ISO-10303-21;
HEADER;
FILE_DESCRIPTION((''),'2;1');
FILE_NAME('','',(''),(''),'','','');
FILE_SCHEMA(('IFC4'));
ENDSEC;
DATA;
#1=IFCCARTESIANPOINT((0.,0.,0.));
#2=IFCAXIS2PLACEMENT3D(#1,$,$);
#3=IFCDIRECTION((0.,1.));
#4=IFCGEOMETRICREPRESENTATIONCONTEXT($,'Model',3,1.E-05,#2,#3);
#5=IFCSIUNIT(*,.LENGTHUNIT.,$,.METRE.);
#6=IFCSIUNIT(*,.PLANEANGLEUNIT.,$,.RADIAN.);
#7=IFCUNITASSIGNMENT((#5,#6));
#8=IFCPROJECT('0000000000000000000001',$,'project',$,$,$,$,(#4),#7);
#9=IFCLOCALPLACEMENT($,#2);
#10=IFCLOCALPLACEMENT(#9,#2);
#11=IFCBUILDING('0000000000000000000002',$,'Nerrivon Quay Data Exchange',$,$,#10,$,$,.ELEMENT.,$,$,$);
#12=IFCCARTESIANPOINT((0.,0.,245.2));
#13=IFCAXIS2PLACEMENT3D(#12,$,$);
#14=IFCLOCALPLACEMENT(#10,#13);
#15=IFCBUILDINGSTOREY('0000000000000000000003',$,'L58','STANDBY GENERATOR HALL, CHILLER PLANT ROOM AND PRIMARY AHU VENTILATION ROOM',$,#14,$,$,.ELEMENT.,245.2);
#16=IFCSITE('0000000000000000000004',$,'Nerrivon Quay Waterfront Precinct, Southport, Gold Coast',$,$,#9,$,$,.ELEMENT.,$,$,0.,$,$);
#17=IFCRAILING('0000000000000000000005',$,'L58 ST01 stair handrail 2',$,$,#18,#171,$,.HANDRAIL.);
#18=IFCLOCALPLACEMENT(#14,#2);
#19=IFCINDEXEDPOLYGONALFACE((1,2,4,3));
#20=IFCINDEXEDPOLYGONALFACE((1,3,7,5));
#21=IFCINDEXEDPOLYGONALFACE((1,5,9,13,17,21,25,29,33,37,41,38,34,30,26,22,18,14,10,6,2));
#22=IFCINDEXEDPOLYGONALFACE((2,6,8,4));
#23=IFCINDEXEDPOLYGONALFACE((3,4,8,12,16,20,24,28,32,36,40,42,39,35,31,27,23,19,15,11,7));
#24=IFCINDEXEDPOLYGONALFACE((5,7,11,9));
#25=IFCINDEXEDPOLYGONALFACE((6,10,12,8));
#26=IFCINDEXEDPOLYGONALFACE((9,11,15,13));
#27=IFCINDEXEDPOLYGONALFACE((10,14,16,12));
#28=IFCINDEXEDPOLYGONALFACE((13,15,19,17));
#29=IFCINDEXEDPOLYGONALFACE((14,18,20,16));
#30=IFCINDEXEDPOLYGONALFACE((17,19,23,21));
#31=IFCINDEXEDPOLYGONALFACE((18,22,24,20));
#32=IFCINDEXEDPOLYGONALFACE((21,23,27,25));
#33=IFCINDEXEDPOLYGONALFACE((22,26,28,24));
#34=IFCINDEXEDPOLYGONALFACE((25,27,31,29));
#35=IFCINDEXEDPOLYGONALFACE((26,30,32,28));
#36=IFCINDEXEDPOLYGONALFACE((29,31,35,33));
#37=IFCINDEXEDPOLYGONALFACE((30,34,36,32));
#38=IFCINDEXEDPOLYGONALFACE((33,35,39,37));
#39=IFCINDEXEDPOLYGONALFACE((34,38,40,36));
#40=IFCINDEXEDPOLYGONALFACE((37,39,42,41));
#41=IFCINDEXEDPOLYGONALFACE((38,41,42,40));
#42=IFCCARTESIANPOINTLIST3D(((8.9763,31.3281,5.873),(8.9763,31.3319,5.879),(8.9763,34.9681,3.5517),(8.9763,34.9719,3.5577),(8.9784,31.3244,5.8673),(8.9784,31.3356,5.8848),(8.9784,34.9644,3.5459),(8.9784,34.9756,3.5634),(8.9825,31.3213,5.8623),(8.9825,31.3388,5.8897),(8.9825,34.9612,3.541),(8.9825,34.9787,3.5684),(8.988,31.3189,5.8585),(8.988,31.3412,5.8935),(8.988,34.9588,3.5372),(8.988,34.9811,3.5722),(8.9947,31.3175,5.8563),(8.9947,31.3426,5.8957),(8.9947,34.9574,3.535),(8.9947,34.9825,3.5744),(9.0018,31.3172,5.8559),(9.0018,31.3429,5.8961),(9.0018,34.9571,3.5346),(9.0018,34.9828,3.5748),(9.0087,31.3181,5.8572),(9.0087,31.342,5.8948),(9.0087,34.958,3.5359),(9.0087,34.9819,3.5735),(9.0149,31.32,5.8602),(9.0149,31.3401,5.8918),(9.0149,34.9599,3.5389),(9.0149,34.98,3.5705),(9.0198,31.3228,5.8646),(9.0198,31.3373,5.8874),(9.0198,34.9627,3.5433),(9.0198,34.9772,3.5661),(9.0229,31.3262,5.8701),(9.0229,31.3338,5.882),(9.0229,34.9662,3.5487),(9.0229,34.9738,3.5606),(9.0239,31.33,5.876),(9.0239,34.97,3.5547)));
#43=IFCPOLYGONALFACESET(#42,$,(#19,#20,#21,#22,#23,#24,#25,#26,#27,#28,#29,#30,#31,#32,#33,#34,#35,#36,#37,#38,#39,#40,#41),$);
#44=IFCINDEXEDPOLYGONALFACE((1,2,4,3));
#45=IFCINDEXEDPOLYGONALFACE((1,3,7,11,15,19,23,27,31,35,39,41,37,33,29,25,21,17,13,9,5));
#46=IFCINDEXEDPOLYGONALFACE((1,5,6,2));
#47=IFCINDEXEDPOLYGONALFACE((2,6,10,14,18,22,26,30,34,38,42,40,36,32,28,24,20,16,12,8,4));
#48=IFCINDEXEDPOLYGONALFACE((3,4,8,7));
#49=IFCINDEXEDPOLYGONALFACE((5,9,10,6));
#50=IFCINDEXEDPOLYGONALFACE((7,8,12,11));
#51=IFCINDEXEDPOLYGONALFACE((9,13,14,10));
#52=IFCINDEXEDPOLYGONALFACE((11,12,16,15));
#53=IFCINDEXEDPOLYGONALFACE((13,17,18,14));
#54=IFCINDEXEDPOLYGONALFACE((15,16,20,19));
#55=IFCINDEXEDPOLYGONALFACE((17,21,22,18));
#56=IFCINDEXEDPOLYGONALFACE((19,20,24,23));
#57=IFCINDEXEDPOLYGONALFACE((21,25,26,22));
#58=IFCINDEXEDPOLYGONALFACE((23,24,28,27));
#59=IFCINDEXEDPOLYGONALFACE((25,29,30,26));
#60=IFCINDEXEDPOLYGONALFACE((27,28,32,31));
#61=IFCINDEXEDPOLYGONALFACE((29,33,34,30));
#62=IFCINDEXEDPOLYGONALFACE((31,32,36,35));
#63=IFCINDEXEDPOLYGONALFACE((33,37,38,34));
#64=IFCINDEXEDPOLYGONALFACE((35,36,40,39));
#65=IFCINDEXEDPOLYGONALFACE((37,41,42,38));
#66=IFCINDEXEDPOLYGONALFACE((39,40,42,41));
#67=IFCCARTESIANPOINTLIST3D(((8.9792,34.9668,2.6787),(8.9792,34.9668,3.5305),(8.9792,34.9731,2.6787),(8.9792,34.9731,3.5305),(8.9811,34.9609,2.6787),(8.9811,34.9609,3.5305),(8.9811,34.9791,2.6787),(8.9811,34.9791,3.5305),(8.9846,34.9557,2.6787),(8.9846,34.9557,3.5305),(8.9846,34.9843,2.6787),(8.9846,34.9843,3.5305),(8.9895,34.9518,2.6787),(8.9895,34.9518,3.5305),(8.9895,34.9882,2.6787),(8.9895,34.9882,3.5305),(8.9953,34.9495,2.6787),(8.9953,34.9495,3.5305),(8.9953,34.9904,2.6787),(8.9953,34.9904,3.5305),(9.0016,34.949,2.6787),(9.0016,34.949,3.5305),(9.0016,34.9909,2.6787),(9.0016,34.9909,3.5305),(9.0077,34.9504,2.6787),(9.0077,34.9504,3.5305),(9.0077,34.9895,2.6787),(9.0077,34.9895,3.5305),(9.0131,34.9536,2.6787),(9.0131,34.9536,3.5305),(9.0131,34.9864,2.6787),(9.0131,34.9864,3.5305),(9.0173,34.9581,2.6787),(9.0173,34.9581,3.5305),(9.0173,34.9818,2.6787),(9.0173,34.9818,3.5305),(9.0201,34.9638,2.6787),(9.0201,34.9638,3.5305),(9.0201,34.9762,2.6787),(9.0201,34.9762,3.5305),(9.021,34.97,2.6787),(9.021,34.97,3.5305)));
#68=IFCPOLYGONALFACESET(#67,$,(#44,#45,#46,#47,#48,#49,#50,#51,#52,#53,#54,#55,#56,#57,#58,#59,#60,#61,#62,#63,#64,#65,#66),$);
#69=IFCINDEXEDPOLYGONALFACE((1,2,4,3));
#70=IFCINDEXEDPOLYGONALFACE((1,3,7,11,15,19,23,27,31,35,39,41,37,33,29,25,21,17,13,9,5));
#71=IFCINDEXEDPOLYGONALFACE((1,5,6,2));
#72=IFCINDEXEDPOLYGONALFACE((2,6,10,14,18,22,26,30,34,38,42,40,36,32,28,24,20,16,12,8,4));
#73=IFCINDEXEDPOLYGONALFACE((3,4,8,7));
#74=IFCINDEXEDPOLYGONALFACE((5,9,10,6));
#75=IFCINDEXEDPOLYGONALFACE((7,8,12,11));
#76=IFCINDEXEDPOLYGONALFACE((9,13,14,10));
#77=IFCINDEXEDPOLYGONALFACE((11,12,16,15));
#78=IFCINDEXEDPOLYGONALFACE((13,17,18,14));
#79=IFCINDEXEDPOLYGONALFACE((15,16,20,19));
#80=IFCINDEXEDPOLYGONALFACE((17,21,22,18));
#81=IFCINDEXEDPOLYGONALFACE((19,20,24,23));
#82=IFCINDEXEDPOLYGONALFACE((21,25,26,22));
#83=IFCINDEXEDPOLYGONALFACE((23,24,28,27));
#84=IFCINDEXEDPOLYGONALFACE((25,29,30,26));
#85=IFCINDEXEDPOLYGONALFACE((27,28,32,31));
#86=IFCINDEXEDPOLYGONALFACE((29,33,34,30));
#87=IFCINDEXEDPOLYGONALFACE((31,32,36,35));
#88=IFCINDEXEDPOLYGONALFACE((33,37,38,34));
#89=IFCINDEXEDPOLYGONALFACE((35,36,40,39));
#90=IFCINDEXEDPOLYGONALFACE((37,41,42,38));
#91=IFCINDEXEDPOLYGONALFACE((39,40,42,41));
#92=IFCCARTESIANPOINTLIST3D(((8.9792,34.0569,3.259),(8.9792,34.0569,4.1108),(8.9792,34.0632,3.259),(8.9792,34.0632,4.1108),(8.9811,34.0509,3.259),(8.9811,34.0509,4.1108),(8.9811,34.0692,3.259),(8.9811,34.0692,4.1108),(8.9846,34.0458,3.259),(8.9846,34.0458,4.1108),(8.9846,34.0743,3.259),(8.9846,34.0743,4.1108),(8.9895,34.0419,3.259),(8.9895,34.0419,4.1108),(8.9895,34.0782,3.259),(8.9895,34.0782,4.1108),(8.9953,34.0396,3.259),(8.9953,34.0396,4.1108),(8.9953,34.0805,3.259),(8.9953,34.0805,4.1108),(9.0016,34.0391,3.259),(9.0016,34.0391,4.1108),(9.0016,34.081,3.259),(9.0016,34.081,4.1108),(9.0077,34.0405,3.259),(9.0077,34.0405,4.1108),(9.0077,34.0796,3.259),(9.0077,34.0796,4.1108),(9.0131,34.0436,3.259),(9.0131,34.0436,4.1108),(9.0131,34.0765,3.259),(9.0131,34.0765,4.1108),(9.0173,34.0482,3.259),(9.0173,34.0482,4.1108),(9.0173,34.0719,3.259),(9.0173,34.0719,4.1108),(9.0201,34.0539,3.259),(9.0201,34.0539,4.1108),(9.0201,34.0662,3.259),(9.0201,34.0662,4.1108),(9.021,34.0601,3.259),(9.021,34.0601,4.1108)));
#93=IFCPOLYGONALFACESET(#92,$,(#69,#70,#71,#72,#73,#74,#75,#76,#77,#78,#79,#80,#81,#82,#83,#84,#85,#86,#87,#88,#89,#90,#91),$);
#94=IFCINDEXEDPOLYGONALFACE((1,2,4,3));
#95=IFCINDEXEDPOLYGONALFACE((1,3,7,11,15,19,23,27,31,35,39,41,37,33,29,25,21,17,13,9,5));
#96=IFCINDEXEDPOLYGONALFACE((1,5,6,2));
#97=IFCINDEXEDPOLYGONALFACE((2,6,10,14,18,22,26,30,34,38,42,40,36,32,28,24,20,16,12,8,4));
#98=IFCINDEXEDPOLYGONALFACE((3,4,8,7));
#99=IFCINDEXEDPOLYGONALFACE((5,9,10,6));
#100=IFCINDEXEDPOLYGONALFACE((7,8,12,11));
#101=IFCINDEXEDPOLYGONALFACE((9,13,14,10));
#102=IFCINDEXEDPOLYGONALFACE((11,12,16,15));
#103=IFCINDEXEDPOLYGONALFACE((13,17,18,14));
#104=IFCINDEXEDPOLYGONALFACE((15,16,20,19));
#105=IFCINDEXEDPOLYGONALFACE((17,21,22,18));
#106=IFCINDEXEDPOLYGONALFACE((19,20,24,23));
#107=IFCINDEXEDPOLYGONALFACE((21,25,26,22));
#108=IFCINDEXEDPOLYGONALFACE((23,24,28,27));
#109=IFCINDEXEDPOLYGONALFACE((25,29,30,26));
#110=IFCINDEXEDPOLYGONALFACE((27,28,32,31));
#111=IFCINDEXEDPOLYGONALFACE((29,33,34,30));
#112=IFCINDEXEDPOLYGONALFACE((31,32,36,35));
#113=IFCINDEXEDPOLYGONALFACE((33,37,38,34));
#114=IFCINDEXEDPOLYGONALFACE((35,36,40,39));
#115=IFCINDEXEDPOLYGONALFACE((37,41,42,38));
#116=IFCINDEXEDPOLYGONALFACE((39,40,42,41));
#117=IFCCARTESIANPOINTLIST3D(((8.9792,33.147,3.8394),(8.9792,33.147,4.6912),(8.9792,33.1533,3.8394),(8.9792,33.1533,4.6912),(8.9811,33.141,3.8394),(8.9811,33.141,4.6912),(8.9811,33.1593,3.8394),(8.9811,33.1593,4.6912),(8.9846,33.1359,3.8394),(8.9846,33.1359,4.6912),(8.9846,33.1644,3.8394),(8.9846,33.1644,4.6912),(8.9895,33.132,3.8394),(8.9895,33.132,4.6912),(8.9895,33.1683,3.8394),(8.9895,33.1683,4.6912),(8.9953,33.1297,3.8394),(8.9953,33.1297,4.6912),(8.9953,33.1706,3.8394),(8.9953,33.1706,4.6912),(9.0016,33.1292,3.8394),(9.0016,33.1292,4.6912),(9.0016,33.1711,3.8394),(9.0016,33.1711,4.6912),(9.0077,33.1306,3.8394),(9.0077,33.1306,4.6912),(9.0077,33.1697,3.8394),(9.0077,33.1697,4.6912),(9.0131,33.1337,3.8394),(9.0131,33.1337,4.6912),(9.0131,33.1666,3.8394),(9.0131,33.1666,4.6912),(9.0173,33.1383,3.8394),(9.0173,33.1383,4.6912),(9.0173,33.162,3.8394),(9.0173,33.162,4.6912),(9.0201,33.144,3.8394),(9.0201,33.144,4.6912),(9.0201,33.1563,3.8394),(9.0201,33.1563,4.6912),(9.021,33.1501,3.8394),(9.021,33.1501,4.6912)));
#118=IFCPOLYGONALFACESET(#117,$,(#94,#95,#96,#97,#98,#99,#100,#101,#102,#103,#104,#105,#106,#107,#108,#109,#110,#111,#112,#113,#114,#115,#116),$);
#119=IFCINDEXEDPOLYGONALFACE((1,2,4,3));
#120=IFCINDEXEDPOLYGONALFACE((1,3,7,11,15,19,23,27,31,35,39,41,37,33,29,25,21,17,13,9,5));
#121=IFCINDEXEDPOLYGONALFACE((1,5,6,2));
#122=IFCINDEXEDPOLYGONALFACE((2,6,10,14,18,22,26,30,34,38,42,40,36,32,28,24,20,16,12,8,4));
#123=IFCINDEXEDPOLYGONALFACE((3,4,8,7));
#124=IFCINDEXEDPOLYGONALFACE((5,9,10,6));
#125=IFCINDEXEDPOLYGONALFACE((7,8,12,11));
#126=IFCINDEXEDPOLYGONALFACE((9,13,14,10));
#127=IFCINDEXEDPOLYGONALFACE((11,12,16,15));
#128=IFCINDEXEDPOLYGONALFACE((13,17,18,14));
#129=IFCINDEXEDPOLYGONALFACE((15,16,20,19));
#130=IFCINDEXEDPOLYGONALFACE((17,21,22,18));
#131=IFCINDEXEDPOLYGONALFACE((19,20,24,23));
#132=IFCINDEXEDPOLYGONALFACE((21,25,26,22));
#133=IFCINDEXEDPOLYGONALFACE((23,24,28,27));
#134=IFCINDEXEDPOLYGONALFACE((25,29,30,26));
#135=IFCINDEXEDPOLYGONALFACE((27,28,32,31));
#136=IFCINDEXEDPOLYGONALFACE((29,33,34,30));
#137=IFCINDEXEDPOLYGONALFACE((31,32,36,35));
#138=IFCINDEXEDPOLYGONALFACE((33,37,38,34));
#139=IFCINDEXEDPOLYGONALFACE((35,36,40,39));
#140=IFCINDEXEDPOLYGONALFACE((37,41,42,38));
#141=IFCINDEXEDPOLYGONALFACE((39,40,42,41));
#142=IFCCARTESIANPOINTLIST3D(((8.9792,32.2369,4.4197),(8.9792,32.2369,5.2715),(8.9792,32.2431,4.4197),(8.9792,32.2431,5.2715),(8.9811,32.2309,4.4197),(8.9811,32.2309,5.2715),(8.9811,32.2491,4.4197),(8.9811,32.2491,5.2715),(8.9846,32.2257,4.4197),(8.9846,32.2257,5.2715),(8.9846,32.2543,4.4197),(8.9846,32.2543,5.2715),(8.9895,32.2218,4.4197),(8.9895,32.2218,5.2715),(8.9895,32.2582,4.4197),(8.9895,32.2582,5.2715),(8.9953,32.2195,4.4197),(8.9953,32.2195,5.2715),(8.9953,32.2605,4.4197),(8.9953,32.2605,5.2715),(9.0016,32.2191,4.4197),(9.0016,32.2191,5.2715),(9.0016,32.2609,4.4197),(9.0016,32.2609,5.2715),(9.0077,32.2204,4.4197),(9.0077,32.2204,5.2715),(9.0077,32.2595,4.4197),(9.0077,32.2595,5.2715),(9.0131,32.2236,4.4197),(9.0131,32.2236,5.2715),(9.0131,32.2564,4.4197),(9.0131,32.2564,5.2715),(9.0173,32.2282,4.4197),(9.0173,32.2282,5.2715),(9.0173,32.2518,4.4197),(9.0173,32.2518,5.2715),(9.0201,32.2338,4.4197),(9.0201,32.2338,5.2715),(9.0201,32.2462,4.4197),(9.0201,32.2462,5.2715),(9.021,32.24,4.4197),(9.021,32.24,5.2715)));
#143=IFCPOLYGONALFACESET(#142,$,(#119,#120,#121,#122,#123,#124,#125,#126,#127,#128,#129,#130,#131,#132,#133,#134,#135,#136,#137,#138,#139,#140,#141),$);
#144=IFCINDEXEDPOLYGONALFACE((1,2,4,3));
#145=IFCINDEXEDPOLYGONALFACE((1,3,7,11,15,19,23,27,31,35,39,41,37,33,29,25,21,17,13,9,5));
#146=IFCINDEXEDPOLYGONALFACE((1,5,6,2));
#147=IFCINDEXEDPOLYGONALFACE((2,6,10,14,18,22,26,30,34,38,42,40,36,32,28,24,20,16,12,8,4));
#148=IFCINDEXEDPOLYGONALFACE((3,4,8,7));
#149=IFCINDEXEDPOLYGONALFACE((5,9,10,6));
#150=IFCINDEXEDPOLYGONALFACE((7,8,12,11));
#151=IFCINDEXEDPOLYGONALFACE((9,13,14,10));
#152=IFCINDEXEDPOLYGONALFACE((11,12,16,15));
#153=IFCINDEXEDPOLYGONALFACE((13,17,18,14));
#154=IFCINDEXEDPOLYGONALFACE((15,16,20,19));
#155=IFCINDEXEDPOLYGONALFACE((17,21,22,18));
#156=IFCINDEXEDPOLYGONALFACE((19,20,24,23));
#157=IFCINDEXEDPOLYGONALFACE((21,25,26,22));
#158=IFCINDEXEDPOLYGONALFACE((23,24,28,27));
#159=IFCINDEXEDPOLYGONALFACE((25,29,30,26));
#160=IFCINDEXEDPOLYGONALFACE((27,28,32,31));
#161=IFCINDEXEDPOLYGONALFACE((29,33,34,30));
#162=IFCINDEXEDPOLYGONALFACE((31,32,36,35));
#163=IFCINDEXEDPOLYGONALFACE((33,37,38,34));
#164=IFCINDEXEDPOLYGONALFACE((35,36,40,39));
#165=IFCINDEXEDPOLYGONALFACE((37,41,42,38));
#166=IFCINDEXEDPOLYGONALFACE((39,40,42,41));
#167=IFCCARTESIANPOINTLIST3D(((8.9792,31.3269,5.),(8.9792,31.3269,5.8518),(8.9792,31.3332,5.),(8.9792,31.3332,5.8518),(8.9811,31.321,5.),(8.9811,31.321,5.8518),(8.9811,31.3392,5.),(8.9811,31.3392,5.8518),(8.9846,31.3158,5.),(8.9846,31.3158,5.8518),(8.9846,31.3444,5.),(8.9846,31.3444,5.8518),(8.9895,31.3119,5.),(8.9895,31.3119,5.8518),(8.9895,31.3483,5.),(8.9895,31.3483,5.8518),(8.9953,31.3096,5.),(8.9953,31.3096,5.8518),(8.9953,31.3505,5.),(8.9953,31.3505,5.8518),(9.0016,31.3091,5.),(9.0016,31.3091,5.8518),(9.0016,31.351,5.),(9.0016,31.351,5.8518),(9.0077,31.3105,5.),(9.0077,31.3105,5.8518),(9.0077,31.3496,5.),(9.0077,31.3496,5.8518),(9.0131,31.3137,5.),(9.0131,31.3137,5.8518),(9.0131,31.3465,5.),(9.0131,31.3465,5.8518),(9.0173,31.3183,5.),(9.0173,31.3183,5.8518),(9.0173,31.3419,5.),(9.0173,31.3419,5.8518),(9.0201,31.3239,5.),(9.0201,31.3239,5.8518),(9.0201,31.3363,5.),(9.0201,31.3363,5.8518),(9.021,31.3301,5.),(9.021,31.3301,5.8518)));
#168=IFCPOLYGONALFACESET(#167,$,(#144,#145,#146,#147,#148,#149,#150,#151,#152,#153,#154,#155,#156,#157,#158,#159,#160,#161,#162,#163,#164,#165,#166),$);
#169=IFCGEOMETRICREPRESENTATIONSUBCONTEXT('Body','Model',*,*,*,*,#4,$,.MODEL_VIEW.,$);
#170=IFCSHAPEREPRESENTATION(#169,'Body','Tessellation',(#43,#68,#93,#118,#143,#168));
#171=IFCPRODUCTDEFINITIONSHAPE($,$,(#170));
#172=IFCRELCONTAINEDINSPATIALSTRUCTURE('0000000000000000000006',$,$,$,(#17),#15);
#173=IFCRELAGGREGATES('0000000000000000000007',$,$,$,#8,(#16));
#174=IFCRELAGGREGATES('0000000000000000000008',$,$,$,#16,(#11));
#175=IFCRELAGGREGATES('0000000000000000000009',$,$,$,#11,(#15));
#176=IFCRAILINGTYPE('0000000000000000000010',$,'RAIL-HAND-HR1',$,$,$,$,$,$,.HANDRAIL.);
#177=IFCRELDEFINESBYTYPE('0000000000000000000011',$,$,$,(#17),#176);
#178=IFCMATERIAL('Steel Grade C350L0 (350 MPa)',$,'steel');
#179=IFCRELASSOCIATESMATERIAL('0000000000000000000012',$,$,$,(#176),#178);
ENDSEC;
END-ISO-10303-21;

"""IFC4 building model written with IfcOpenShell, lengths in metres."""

from ifc_helpers import new_model, si_unit, direction, frame, origin, origin_2d, place, context, subcontext, project, spatial, circle, extrude, material, type_object, element, save


model = new_model("IFC4")

# Units and contexts
model_context = context("Model", 3, precision=1e-05, world=origin(), true_north=direction((0.0, 1.0)))
body_context = subcontext(model_context, "Body", "Model", "MODEL_VIEW")
ifc_project = project(units=[si_unit("LENGTHUNIT", "METRE"), si_unit("PLANEANGLEUNIT", "RADIAN")], contexts=[model_context])

# Site, building, storey
site_placement = place(None, origin())
site = spatial("IfcSite", under=ifc_project, at=site_placement, Name="Nerrivon Quay Waterfront Precinct, Southport, Gold Coast", CompositionType="ELEMENT", RefElevation=0.0)
building_placement = place(site_placement, origin())
building = spatial("IfcBuilding", under=site, at=building_placement, Name="Nerrivon Quay Data Exchange", CompositionType="ELEMENT")
storey_placement = place(building_placement, frame((0.0, 0.0, 245.2)))
storey = spatial("IfcBuildingStorey", under=building, at=storey_placement, Name="L58", Description="STANDBY GENERATOR HALL, CHILLER PLANT ROOM AND PRIMARY AHU VENTILATION ROOM", CompositionType="ELEMENT", Elevation=245.2)

# Shared definitions
ifc_material_1 = material(Name="Steel Grade C350L0 (350 MPa)", Category="steel")

# Railing
railing_type_1 = type_object("IfcRailingType", Name="RAIL-HAND-HR1", PredefinedType="HANDRAIL", material=ifc_material_1)
railing_1_placement = place(storey_placement, frame((9.0, 34.97, 2.6787)))
element("IfcRailing", 1, at=railing_1_placement, inside=storey, type_object=railing_type_1, Name="L58 ST01 stair handrail 2", PredefinedType="HANDRAIL", context=body_context, shape_type="SweptSolid", body=[
    extrude(circle(Radius=0.0239, at=origin_2d()), frame((0.0, 0.0, 0.876), z_axis=(0.0, -0.843137, 0.537699), x_axis=(1.0, 0.0, 0.0)), (0.0, 0.0, 1.0), 4.3171),
    extrude(circle(Radius=0.021, at=origin_2d()), origin(), (0.0, 0.0, 1.0), 0.8518),
    extrude(circle(Radius=0.021, at=origin_2d()), frame((0.0, -0.9099, 0.5803)), (0.0, 0.0, 1.0), 0.8518),
    extrude(circle(Radius=0.021, at=origin_2d()), frame((0.0, -1.8198, 1.1606)), (0.0, 0.0, 1.0), 0.8518),
    extrude(circle(Radius=0.021, at=origin_2d()), frame((0.0, -2.73, 1.741)), (0.0, 0.0, 1.0), 0.8518),
    extrude(circle(Radius=0.021, at=origin_2d()), frame((0.0, -3.6399, 2.3213)), (0.0, 0.0, 1.0), 0.8518),
])

save(model, "model.ifc")
